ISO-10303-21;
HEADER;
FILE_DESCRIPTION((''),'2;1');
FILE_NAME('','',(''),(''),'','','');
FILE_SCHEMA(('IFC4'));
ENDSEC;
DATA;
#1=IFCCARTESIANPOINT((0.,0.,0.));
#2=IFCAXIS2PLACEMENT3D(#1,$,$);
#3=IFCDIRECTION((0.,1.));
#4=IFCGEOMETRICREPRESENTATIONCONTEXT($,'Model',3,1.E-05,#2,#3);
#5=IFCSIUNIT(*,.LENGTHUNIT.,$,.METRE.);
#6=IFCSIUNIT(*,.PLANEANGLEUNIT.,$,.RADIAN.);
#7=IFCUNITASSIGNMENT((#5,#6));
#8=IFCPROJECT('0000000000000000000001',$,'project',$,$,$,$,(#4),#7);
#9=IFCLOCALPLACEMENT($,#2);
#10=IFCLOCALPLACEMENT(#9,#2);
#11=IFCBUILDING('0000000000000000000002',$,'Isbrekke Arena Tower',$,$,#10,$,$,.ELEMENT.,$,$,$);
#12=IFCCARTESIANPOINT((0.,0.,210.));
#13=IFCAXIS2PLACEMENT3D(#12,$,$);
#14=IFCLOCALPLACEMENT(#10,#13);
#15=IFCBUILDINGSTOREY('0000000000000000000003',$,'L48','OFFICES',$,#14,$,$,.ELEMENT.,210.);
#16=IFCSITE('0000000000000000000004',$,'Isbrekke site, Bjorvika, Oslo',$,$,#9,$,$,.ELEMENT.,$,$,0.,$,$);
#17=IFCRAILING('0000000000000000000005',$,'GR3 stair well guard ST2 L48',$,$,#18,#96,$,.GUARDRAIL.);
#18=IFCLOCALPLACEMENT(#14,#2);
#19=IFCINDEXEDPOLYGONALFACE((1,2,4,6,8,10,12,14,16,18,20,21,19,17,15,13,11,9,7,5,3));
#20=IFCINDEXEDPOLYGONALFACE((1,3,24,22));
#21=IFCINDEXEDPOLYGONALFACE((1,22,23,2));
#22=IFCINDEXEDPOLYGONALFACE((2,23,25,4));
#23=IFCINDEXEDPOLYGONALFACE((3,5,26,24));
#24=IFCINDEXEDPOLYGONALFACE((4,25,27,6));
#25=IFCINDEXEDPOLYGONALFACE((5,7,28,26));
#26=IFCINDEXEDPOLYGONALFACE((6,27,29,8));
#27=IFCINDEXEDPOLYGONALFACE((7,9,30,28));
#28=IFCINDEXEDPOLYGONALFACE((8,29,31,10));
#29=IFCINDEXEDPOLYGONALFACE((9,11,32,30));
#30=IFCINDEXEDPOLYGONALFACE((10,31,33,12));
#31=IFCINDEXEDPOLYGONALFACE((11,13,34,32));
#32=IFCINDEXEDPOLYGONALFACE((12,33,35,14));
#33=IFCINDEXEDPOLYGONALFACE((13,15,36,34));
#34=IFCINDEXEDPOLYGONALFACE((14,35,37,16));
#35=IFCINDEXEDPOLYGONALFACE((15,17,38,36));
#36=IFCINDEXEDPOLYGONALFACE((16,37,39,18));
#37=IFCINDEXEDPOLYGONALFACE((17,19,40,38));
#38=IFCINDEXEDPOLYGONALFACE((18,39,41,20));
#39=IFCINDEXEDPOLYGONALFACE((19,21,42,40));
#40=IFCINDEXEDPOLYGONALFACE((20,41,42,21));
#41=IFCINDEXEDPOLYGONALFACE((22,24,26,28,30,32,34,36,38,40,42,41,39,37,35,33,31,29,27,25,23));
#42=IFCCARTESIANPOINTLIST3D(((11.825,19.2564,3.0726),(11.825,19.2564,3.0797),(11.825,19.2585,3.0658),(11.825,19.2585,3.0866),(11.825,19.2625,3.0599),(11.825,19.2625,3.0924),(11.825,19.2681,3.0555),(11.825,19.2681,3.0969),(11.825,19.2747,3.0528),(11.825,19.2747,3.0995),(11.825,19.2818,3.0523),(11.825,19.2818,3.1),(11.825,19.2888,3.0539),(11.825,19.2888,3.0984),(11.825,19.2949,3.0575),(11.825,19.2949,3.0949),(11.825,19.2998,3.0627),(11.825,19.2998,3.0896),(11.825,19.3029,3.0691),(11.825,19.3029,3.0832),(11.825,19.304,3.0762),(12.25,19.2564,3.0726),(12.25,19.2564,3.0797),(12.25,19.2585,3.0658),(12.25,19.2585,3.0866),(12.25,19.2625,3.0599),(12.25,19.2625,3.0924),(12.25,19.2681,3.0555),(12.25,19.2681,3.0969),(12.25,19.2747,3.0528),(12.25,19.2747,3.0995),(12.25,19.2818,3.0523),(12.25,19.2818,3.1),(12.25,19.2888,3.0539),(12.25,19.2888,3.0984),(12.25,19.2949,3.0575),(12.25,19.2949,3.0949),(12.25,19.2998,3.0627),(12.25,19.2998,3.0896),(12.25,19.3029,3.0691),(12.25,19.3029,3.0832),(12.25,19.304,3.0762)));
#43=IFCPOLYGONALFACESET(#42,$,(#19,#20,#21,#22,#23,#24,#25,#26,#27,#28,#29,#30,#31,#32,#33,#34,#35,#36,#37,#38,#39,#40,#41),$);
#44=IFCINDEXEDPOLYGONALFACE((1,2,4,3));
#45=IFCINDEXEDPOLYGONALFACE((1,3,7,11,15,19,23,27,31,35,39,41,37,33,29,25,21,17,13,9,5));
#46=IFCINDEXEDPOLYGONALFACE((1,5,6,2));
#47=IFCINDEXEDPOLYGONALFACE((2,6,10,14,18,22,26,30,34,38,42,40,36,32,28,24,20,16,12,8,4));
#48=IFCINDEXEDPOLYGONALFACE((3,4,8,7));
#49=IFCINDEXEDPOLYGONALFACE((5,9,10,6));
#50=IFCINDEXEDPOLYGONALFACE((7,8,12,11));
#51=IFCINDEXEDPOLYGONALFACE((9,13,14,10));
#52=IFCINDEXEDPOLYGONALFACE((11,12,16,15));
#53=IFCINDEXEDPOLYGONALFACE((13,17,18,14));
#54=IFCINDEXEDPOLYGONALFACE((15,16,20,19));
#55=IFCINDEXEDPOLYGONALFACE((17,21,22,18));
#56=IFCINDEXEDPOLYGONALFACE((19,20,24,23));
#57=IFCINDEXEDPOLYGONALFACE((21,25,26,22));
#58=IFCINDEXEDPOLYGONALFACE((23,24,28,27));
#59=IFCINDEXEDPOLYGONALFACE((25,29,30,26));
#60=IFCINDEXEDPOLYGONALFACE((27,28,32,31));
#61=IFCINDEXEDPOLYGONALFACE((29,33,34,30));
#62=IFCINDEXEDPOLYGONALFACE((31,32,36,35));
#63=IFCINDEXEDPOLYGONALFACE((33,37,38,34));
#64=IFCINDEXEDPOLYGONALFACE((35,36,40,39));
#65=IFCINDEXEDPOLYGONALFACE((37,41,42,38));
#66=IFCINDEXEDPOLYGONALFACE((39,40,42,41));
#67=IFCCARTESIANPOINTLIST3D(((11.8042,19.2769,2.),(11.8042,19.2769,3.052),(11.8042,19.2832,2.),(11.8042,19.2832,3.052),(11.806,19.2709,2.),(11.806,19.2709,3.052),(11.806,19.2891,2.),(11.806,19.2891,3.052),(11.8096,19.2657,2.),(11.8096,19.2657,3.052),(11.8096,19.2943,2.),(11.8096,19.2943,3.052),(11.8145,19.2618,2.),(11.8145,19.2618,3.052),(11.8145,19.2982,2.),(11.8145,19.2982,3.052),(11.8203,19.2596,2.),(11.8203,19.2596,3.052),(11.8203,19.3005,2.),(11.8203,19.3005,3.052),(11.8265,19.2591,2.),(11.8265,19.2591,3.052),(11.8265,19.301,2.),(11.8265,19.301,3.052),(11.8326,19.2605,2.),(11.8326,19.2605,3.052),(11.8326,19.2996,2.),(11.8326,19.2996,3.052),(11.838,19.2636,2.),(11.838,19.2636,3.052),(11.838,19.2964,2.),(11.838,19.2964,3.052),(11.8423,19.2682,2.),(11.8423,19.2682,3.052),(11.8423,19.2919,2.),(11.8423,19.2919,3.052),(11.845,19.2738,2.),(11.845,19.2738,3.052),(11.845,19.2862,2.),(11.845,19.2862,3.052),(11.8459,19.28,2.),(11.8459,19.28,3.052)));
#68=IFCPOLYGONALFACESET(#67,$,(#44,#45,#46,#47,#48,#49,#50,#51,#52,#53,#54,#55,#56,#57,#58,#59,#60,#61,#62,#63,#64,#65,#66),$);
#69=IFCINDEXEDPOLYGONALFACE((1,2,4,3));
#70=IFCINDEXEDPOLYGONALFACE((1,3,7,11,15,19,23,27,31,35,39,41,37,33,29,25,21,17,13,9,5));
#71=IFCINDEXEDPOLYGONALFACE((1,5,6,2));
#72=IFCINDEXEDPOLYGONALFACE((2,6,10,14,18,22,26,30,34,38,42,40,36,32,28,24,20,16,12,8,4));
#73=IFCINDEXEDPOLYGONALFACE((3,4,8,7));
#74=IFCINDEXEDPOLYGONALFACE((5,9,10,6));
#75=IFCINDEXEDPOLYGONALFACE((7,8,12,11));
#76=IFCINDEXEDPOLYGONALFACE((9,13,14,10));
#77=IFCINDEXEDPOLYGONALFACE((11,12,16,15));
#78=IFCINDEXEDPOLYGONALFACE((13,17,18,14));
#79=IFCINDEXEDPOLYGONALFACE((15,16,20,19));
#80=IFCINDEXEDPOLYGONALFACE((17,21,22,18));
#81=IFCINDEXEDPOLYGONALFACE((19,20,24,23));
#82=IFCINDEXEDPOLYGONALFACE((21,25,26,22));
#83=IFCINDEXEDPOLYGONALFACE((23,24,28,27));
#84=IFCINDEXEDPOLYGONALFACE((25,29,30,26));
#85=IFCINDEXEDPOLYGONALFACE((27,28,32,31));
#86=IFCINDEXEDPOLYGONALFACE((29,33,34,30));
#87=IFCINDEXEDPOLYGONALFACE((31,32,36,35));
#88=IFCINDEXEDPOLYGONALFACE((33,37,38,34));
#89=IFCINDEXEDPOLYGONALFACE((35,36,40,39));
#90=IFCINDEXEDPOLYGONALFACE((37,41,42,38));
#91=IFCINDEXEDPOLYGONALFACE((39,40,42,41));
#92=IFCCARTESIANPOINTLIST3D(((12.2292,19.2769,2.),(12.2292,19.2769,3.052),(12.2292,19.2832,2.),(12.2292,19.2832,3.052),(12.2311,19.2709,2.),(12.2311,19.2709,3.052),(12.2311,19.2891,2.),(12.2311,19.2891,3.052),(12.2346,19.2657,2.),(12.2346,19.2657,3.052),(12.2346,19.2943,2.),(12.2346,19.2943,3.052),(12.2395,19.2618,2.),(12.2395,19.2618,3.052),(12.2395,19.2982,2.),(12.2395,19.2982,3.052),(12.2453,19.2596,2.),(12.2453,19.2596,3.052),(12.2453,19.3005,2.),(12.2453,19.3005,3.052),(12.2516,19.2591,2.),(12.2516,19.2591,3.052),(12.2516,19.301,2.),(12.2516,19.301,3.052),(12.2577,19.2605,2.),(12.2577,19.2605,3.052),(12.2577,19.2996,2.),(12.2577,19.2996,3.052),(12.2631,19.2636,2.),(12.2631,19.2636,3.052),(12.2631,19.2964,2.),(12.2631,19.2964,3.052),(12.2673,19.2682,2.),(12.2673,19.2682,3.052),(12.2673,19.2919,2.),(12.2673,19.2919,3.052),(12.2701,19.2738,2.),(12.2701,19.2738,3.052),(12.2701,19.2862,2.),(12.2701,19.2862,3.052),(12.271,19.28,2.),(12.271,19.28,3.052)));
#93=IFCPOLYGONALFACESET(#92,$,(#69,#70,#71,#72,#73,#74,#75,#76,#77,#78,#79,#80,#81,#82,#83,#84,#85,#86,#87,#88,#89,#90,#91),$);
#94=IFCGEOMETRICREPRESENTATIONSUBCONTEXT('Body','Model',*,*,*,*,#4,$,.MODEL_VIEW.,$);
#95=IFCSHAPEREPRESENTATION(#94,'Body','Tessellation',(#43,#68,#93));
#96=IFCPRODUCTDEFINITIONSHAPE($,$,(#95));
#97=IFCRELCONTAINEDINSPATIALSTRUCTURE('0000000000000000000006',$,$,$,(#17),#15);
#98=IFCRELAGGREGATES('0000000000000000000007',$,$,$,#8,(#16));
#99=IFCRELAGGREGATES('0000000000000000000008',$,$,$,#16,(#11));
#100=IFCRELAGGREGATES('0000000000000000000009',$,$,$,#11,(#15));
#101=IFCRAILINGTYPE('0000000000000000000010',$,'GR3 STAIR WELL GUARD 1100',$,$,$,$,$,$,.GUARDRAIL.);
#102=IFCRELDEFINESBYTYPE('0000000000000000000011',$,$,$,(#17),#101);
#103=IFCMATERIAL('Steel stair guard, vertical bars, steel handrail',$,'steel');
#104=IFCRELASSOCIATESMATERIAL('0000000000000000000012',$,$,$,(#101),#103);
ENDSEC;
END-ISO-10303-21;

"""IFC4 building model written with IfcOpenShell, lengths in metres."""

from ifc_helpers import new_model, si_unit, direction, frame, origin, origin_2d, place, context, subcontext, project, spatial, circle, extrude, material, type_object, element, save


model = new_model("IFC4")

# Units and contexts
model_context = context("Model", 3, precision=1e-05, world=origin(), true_north=direction((0.0, 1.0)))
body_context = subcontext(model_context, "Body", "Model", "MODEL_VIEW")
ifc_project = project(units=[si_unit("LENGTHUNIT", "METRE"), si_unit("PLANEANGLEUNIT", "RADIAN")], contexts=[model_context])

# Site, building, storey
site_placement = place(None, origin())
site = spatial("IfcSite", under=ifc_project, at=site_placement, Name="Isbrekke site, Bjorvika, Oslo", CompositionType="ELEMENT", RefElevation=0.0)
building_placement = place(site_placement, origin())
building = spatial("IfcBuilding", under=site, at=building_placement, Name="Isbrekke Arena Tower", CompositionType="ELEMENT")
storey_placement = place(building_placement, frame((0.0, 0.0, 210.0)))
storey = spatial("IfcBuildingStorey", under=building, at=storey_placement, Name="L48", Description="OFFICES", CompositionType="ELEMENT", Elevation=210.0)

# Railing
ifc_material_1 = material(Name="Steel stair guard, vertical bars, steel handrail", Category="steel")
railing_type = type_object("IfcRailingType", Name="GR3 STAIR WELL GUARD 1100", PredefinedType="GUARDRAIL", material=ifc_material_1)
for number, where, name in (
    (1, (11.825, 19.28, 2.0), "GR3 stair well guard ST2 L48"),
):
    element("IfcRailing", number, at=place(storey_placement, frame(where)), inside=storey, type_object=railing_type, Name=name, PredefinedType="GUARDRAIL", context=body_context, shape_type="SweptSolid", body=[
        extrude(circle(Radius=0.0239, at=origin_2d()), frame((0.0, 0.0, 1.0762), z_axis=(1.0, 0.0, 0.0), x_axis=(0.0, 1.0, 0.0)), (0.0, 0.0, 1.0), 0.425),
        extrude(circle(Radius=0.021, at=origin_2d()), origin(), (0.0, 0.0, 1.0), 1.052),
        extrude(circle(Radius=0.021, at=origin_2d()), frame((0.425, 0.0, 0.0)), (0.0, 0.0, 1.0), 1.052),
    ])

save(model, "model.ifc")
